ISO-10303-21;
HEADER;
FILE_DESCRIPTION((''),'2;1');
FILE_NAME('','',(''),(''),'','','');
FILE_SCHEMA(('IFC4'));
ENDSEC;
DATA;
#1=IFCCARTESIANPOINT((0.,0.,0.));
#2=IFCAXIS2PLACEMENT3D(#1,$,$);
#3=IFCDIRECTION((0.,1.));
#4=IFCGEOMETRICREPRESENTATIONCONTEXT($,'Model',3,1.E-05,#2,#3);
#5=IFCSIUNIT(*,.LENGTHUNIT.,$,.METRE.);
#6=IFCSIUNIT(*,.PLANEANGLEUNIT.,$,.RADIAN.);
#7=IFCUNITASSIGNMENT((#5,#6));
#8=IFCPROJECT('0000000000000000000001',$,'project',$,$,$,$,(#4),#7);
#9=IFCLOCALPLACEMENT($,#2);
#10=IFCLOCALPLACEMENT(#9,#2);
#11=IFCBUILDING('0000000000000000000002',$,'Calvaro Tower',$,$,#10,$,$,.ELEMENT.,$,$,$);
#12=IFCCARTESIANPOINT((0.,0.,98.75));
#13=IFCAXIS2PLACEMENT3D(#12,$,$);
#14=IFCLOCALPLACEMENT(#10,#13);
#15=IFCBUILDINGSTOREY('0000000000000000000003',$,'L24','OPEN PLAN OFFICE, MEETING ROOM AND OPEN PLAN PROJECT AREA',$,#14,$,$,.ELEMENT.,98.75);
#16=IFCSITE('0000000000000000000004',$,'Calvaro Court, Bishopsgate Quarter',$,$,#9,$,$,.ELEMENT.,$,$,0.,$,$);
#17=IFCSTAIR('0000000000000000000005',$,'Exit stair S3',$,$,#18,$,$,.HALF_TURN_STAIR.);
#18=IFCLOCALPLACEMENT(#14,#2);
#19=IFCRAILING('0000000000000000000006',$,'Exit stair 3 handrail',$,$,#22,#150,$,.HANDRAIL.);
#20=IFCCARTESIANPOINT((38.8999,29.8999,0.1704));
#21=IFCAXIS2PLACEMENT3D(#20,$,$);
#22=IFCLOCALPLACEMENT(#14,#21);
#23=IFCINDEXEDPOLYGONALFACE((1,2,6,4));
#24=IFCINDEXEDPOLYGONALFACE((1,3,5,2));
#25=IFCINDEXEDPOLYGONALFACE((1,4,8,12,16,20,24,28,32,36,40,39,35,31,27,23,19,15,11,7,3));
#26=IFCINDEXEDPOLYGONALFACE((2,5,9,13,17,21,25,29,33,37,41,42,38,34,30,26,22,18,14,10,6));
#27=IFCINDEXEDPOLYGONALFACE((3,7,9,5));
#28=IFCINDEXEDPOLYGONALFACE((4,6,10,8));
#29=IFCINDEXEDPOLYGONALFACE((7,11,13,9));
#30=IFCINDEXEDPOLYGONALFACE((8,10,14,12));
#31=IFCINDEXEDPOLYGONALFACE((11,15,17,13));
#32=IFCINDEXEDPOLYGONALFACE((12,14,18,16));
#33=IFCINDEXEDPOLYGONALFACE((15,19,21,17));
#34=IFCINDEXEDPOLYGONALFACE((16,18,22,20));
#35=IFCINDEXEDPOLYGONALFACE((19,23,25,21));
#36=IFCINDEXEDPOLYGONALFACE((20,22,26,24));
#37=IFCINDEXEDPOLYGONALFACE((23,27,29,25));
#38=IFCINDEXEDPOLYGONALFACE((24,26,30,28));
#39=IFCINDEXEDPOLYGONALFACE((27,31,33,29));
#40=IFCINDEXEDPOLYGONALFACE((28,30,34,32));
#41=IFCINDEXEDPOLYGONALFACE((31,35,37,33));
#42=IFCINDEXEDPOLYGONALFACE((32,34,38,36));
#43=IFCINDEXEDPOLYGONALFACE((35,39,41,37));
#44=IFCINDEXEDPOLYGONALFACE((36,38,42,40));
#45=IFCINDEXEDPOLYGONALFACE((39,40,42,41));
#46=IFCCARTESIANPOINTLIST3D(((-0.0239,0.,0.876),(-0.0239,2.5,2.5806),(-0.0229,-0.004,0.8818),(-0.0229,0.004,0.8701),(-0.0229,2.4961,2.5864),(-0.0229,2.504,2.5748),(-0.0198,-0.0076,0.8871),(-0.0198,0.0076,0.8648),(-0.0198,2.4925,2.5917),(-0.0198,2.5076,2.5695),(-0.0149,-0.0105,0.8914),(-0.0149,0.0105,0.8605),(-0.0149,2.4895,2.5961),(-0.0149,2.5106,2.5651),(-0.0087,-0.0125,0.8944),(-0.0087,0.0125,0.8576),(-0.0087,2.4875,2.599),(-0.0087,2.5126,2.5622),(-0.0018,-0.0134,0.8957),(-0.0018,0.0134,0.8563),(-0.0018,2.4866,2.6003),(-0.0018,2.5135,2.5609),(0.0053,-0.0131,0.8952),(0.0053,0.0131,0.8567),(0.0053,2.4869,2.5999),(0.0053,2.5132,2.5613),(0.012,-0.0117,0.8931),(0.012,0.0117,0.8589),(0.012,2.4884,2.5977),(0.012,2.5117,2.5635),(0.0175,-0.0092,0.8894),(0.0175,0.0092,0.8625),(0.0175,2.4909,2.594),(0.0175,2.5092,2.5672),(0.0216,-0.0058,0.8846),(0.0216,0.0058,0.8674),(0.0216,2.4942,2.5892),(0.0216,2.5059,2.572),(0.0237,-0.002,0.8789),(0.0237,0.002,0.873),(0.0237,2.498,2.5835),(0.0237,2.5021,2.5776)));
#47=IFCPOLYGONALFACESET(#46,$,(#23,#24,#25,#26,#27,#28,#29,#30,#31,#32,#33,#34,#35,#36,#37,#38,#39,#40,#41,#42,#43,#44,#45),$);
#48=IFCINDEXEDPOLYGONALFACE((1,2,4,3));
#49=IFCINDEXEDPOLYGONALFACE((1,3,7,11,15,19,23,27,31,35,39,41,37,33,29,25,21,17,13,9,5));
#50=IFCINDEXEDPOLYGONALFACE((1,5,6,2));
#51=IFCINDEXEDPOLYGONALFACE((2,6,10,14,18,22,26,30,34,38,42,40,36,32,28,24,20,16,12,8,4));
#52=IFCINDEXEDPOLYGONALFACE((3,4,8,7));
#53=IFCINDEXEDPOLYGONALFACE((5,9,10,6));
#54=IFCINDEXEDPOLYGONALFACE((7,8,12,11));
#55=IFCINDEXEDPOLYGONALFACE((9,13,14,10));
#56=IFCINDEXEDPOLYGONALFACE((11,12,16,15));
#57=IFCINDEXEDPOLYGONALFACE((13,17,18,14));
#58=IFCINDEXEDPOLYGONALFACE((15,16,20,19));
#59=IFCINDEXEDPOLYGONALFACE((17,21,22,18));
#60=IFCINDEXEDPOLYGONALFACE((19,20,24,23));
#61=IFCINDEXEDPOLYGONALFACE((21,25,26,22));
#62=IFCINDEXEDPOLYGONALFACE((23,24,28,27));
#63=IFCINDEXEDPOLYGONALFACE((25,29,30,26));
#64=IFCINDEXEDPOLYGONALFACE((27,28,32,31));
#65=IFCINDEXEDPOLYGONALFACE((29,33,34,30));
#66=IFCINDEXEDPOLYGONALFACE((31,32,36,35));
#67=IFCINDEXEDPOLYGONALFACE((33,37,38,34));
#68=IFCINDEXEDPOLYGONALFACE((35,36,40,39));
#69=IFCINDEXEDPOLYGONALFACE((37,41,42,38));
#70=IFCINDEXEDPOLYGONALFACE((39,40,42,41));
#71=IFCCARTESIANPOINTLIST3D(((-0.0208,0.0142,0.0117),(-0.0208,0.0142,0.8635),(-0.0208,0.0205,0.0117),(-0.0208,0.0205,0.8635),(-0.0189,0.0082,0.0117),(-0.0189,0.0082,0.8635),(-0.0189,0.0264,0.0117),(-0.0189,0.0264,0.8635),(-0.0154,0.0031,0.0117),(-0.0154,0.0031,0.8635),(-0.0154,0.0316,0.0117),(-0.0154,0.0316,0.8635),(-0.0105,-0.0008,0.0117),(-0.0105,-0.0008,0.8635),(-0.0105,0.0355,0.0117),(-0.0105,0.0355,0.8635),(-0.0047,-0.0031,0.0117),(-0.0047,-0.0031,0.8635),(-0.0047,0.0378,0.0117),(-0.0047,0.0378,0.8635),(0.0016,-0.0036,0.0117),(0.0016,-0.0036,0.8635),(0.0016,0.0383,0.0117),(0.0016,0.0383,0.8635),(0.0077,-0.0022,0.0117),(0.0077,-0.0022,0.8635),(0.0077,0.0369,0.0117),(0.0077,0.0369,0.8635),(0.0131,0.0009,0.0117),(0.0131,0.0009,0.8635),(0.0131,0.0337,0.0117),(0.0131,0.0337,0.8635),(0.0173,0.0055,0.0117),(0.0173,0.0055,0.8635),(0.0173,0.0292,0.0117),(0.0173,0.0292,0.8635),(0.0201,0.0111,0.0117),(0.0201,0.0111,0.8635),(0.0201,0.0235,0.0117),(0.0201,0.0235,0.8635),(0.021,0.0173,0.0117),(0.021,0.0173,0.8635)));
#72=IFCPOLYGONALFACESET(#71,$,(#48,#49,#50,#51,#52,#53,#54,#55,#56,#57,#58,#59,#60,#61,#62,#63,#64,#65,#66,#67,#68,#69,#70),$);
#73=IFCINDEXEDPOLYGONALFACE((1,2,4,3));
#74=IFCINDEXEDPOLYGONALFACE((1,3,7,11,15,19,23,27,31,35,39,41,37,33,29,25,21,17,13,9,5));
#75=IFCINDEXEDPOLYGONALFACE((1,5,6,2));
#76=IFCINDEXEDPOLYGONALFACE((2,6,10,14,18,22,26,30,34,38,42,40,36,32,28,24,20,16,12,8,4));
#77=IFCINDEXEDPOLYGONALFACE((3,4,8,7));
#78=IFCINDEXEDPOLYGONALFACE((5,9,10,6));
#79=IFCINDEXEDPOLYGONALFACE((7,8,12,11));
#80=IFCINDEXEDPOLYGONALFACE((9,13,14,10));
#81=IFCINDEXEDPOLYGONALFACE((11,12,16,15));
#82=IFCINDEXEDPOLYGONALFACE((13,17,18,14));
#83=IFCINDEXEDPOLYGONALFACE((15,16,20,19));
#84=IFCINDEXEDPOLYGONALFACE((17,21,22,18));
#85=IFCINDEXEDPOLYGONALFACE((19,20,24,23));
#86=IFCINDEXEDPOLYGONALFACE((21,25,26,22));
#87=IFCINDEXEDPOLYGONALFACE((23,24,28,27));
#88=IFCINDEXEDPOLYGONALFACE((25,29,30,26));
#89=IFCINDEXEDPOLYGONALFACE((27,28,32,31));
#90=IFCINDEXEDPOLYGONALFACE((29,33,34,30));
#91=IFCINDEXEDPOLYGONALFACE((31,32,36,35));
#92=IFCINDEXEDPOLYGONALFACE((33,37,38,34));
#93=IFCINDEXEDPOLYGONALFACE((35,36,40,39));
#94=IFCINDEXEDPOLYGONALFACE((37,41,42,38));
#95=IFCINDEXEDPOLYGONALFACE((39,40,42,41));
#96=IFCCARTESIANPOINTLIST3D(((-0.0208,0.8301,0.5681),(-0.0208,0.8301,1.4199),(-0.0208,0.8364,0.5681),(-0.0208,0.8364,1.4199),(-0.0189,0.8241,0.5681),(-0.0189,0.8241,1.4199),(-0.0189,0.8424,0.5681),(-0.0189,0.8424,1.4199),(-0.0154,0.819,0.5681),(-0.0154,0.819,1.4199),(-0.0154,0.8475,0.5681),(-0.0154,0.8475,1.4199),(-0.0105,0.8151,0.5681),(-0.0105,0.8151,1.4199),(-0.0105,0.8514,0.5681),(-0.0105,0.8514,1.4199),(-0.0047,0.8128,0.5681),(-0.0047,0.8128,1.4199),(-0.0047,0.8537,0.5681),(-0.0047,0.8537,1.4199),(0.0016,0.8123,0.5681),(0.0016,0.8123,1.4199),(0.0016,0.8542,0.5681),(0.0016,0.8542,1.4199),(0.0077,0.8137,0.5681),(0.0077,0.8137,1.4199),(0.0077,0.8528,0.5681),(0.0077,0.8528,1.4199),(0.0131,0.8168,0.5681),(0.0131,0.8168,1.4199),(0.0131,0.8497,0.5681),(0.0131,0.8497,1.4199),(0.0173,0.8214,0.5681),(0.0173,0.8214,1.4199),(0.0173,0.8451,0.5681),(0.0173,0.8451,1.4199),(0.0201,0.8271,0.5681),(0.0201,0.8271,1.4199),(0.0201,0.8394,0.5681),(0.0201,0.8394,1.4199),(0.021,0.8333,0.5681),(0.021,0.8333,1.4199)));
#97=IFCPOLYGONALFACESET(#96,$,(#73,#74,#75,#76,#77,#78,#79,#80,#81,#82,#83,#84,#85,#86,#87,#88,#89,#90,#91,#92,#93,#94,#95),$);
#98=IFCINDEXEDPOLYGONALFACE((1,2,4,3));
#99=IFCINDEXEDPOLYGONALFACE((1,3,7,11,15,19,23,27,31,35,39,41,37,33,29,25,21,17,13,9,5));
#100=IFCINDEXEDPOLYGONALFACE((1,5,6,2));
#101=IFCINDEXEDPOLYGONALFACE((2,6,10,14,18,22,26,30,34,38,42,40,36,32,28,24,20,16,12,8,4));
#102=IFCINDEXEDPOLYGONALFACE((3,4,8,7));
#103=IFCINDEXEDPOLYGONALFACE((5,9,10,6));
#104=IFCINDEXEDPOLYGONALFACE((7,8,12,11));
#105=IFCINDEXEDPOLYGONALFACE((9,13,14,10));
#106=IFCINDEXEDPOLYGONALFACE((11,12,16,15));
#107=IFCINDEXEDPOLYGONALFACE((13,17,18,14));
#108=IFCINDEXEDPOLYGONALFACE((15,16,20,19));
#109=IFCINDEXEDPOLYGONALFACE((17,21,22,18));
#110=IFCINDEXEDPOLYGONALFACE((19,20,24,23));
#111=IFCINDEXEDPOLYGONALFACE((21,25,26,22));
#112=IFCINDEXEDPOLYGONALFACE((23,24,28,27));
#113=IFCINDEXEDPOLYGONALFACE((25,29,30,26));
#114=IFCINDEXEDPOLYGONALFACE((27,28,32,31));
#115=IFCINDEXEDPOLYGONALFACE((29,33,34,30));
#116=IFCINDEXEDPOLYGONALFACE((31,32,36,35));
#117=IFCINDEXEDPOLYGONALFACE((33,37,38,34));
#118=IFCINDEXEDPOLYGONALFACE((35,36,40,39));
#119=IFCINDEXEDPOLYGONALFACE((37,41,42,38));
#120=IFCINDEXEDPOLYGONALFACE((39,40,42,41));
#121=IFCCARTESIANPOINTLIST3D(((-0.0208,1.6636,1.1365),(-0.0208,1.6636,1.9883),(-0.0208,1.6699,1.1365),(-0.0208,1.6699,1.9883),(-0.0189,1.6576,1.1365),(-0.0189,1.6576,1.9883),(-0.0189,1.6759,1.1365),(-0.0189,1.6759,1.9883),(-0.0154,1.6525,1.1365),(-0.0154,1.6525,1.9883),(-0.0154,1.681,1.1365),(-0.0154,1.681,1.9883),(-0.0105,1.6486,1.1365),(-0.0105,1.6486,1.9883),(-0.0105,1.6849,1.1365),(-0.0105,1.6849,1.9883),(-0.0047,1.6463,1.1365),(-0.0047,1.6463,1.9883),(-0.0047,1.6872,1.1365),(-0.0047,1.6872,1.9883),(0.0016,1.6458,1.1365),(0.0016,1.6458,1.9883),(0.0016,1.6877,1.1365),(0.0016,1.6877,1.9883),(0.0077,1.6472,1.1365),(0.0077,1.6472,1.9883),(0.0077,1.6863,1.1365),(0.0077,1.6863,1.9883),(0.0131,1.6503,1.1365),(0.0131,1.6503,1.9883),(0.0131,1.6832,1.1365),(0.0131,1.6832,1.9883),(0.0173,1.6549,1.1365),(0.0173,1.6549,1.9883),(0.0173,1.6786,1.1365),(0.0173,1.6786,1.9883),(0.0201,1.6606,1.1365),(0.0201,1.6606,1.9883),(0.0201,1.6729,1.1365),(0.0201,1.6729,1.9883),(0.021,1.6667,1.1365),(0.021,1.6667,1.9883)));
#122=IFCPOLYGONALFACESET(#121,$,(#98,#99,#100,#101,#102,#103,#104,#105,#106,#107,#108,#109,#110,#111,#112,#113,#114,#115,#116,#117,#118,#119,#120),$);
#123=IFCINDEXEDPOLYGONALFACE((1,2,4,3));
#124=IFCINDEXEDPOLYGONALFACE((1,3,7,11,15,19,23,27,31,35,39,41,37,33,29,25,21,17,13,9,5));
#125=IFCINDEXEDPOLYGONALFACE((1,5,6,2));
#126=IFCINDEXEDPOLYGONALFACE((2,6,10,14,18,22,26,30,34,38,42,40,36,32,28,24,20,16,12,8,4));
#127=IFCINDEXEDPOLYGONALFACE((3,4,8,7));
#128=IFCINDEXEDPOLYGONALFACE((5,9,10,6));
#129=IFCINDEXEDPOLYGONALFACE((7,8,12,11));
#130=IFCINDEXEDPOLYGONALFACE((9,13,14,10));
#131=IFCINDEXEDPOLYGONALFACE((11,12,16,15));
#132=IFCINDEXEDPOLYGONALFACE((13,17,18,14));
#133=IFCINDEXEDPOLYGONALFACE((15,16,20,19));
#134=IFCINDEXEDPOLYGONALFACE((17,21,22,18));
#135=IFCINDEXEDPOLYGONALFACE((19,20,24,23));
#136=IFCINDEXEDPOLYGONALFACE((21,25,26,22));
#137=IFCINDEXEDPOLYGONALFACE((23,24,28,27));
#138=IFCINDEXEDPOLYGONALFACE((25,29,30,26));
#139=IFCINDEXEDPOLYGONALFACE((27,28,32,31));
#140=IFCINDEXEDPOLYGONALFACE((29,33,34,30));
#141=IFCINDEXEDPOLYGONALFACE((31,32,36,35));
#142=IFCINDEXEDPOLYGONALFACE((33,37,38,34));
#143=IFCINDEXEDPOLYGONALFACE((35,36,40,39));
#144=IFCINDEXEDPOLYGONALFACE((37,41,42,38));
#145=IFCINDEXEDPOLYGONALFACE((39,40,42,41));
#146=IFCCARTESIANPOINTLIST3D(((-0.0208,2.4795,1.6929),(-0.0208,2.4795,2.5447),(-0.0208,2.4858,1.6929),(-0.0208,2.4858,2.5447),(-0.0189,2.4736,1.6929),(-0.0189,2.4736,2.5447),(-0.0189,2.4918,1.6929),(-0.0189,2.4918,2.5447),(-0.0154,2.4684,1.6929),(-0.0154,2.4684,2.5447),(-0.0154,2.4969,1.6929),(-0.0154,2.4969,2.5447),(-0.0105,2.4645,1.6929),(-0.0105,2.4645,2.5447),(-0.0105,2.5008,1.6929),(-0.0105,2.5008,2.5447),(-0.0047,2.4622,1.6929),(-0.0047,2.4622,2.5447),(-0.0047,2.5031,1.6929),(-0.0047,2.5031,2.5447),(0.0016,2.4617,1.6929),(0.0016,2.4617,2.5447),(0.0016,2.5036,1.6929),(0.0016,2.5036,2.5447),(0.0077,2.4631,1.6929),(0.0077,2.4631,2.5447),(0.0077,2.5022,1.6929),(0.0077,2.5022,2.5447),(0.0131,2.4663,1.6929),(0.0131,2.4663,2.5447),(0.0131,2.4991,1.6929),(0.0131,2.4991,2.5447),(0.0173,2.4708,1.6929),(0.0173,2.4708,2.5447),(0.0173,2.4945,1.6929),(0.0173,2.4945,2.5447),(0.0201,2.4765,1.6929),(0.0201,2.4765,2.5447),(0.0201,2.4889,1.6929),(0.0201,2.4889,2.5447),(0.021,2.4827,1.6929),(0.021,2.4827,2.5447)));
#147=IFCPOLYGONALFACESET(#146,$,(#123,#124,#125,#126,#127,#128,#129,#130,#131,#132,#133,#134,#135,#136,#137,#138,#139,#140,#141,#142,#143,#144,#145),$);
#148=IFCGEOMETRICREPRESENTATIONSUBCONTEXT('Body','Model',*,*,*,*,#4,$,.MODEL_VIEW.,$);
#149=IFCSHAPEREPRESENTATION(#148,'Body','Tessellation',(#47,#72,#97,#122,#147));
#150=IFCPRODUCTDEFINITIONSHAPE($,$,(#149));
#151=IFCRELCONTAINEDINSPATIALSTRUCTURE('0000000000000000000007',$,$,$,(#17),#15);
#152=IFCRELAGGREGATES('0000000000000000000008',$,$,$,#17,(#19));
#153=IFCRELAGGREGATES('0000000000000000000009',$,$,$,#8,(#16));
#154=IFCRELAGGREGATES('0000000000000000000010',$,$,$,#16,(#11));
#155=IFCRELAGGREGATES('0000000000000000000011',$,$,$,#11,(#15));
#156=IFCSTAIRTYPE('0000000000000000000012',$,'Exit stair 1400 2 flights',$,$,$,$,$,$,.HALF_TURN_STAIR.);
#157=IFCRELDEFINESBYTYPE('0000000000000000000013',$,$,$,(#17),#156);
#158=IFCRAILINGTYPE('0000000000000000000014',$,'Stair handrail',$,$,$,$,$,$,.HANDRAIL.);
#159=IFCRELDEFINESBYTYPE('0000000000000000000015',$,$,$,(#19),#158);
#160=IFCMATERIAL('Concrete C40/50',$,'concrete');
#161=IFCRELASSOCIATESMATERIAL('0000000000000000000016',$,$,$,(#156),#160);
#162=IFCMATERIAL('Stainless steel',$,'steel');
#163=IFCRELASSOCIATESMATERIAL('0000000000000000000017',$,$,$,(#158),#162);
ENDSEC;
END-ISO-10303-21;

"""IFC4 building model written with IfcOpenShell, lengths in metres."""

from ifc_helpers import new_model, si_unit, direction, frame, origin, origin_2d, place, context, subcontext, project, spatial, circle, extrude, material, type_object, element, aggregate, save


model = new_model("IFC4")

# Units and contexts
model_context = context("Model", 3, precision=1e-05, world=origin(), true_north=direction((0.0, 1.0)))
body_context = subcontext(model_context, "Body", "Model", "MODEL_VIEW")
ifc_project = project(units=[si_unit("LENGTHUNIT", "METRE"), si_unit("PLANEANGLEUNIT", "RADIAN")], contexts=[model_context])

# Site, building, storey
site_placement = place(None, origin())
site = spatial("IfcSite", under=ifc_project, at=site_placement, Name="Calvaro Court, Bishopsgate Quarter", CompositionType="ELEMENT", RefElevation=0.0)
building_placement = place(site_placement, origin())
building = spatial("IfcBuilding", under=site, at=building_placement, Name="Calvaro Tower", CompositionType="ELEMENT")
storey_placement = place(building_placement, frame((0.0, 0.0, 98.75)))
storey = spatial("IfcBuildingStorey", under=building, at=storey_placement, Name="L24", Description="OPEN PLAN OFFICE, MEETING ROOM AND OPEN PLAN PROJECT AREA", CompositionType="ELEMENT", Elevation=98.75)

# Stair
ifc_material_1 = material(Name="Concrete C40/50", Category="concrete")
stair_type = type_object("IfcStairType", Name="Exit stair 1400 2 flights", PredefinedType="HALF_TURN_STAIR", material=ifc_material_1)
stair_1_placement = place(storey_placement, origin())
stair_1 = element("IfcStair", 1, at=stair_1_placement, inside=storey, type_object=stair_type, Name="Exit stair S3", PredefinedType="HALF_TURN_STAIR")

# Railing
ifc_material_2 = material(Name="Stainless steel", Category="steel")
railing_type = type_object("IfcRailingType", Name="Stair handrail", PredefinedType="HANDRAIL", material=ifc_material_2)
railing_1_placement = place(storey_placement, frame((38.8999, 29.8999, 0.1704)))
railing_1 = element("IfcRailing", 2, at=railing_1_placement, type_object=railing_type, Name="Exit stair 3 handrail", PredefinedType="HANDRAIL", context=body_context, shape_type="SweptSolid", body=[
    extrude(circle(Radius=0.0239, at=origin_2d()), frame((0.0, 0.0, 0.876), z_axis=(0.0, 0.826221, 0.563347), x_axis=(-1.0, 0.0, 0.0)), (0.0, 0.0, 1.0), 3.0259),
    extrude(circle(Radius=0.021, at=origin_2d()), frame((0.0, 0.0173, 0.0117)), (0.0, 0.0, 1.0), 0.8518),
    extrude(circle(Radius=0.021, at=origin_2d()), frame((0.0, 0.8333, 0.5681)), (0.0, 0.0, 1.0), 0.8518),
    extrude(circle(Radius=0.021, at=origin_2d()), frame((0.0, 1.6667, 1.1365)), (0.0, 0.0, 1.0), 0.8518),
    extrude(circle(Radius=0.021, at=origin_2d()), frame((0.0, 2.4827, 1.6929)), (0.0, 0.0, 1.0), 0.8518),
])
aggregate(stair_1, [railing_1])

save(model, "model.ifc")
